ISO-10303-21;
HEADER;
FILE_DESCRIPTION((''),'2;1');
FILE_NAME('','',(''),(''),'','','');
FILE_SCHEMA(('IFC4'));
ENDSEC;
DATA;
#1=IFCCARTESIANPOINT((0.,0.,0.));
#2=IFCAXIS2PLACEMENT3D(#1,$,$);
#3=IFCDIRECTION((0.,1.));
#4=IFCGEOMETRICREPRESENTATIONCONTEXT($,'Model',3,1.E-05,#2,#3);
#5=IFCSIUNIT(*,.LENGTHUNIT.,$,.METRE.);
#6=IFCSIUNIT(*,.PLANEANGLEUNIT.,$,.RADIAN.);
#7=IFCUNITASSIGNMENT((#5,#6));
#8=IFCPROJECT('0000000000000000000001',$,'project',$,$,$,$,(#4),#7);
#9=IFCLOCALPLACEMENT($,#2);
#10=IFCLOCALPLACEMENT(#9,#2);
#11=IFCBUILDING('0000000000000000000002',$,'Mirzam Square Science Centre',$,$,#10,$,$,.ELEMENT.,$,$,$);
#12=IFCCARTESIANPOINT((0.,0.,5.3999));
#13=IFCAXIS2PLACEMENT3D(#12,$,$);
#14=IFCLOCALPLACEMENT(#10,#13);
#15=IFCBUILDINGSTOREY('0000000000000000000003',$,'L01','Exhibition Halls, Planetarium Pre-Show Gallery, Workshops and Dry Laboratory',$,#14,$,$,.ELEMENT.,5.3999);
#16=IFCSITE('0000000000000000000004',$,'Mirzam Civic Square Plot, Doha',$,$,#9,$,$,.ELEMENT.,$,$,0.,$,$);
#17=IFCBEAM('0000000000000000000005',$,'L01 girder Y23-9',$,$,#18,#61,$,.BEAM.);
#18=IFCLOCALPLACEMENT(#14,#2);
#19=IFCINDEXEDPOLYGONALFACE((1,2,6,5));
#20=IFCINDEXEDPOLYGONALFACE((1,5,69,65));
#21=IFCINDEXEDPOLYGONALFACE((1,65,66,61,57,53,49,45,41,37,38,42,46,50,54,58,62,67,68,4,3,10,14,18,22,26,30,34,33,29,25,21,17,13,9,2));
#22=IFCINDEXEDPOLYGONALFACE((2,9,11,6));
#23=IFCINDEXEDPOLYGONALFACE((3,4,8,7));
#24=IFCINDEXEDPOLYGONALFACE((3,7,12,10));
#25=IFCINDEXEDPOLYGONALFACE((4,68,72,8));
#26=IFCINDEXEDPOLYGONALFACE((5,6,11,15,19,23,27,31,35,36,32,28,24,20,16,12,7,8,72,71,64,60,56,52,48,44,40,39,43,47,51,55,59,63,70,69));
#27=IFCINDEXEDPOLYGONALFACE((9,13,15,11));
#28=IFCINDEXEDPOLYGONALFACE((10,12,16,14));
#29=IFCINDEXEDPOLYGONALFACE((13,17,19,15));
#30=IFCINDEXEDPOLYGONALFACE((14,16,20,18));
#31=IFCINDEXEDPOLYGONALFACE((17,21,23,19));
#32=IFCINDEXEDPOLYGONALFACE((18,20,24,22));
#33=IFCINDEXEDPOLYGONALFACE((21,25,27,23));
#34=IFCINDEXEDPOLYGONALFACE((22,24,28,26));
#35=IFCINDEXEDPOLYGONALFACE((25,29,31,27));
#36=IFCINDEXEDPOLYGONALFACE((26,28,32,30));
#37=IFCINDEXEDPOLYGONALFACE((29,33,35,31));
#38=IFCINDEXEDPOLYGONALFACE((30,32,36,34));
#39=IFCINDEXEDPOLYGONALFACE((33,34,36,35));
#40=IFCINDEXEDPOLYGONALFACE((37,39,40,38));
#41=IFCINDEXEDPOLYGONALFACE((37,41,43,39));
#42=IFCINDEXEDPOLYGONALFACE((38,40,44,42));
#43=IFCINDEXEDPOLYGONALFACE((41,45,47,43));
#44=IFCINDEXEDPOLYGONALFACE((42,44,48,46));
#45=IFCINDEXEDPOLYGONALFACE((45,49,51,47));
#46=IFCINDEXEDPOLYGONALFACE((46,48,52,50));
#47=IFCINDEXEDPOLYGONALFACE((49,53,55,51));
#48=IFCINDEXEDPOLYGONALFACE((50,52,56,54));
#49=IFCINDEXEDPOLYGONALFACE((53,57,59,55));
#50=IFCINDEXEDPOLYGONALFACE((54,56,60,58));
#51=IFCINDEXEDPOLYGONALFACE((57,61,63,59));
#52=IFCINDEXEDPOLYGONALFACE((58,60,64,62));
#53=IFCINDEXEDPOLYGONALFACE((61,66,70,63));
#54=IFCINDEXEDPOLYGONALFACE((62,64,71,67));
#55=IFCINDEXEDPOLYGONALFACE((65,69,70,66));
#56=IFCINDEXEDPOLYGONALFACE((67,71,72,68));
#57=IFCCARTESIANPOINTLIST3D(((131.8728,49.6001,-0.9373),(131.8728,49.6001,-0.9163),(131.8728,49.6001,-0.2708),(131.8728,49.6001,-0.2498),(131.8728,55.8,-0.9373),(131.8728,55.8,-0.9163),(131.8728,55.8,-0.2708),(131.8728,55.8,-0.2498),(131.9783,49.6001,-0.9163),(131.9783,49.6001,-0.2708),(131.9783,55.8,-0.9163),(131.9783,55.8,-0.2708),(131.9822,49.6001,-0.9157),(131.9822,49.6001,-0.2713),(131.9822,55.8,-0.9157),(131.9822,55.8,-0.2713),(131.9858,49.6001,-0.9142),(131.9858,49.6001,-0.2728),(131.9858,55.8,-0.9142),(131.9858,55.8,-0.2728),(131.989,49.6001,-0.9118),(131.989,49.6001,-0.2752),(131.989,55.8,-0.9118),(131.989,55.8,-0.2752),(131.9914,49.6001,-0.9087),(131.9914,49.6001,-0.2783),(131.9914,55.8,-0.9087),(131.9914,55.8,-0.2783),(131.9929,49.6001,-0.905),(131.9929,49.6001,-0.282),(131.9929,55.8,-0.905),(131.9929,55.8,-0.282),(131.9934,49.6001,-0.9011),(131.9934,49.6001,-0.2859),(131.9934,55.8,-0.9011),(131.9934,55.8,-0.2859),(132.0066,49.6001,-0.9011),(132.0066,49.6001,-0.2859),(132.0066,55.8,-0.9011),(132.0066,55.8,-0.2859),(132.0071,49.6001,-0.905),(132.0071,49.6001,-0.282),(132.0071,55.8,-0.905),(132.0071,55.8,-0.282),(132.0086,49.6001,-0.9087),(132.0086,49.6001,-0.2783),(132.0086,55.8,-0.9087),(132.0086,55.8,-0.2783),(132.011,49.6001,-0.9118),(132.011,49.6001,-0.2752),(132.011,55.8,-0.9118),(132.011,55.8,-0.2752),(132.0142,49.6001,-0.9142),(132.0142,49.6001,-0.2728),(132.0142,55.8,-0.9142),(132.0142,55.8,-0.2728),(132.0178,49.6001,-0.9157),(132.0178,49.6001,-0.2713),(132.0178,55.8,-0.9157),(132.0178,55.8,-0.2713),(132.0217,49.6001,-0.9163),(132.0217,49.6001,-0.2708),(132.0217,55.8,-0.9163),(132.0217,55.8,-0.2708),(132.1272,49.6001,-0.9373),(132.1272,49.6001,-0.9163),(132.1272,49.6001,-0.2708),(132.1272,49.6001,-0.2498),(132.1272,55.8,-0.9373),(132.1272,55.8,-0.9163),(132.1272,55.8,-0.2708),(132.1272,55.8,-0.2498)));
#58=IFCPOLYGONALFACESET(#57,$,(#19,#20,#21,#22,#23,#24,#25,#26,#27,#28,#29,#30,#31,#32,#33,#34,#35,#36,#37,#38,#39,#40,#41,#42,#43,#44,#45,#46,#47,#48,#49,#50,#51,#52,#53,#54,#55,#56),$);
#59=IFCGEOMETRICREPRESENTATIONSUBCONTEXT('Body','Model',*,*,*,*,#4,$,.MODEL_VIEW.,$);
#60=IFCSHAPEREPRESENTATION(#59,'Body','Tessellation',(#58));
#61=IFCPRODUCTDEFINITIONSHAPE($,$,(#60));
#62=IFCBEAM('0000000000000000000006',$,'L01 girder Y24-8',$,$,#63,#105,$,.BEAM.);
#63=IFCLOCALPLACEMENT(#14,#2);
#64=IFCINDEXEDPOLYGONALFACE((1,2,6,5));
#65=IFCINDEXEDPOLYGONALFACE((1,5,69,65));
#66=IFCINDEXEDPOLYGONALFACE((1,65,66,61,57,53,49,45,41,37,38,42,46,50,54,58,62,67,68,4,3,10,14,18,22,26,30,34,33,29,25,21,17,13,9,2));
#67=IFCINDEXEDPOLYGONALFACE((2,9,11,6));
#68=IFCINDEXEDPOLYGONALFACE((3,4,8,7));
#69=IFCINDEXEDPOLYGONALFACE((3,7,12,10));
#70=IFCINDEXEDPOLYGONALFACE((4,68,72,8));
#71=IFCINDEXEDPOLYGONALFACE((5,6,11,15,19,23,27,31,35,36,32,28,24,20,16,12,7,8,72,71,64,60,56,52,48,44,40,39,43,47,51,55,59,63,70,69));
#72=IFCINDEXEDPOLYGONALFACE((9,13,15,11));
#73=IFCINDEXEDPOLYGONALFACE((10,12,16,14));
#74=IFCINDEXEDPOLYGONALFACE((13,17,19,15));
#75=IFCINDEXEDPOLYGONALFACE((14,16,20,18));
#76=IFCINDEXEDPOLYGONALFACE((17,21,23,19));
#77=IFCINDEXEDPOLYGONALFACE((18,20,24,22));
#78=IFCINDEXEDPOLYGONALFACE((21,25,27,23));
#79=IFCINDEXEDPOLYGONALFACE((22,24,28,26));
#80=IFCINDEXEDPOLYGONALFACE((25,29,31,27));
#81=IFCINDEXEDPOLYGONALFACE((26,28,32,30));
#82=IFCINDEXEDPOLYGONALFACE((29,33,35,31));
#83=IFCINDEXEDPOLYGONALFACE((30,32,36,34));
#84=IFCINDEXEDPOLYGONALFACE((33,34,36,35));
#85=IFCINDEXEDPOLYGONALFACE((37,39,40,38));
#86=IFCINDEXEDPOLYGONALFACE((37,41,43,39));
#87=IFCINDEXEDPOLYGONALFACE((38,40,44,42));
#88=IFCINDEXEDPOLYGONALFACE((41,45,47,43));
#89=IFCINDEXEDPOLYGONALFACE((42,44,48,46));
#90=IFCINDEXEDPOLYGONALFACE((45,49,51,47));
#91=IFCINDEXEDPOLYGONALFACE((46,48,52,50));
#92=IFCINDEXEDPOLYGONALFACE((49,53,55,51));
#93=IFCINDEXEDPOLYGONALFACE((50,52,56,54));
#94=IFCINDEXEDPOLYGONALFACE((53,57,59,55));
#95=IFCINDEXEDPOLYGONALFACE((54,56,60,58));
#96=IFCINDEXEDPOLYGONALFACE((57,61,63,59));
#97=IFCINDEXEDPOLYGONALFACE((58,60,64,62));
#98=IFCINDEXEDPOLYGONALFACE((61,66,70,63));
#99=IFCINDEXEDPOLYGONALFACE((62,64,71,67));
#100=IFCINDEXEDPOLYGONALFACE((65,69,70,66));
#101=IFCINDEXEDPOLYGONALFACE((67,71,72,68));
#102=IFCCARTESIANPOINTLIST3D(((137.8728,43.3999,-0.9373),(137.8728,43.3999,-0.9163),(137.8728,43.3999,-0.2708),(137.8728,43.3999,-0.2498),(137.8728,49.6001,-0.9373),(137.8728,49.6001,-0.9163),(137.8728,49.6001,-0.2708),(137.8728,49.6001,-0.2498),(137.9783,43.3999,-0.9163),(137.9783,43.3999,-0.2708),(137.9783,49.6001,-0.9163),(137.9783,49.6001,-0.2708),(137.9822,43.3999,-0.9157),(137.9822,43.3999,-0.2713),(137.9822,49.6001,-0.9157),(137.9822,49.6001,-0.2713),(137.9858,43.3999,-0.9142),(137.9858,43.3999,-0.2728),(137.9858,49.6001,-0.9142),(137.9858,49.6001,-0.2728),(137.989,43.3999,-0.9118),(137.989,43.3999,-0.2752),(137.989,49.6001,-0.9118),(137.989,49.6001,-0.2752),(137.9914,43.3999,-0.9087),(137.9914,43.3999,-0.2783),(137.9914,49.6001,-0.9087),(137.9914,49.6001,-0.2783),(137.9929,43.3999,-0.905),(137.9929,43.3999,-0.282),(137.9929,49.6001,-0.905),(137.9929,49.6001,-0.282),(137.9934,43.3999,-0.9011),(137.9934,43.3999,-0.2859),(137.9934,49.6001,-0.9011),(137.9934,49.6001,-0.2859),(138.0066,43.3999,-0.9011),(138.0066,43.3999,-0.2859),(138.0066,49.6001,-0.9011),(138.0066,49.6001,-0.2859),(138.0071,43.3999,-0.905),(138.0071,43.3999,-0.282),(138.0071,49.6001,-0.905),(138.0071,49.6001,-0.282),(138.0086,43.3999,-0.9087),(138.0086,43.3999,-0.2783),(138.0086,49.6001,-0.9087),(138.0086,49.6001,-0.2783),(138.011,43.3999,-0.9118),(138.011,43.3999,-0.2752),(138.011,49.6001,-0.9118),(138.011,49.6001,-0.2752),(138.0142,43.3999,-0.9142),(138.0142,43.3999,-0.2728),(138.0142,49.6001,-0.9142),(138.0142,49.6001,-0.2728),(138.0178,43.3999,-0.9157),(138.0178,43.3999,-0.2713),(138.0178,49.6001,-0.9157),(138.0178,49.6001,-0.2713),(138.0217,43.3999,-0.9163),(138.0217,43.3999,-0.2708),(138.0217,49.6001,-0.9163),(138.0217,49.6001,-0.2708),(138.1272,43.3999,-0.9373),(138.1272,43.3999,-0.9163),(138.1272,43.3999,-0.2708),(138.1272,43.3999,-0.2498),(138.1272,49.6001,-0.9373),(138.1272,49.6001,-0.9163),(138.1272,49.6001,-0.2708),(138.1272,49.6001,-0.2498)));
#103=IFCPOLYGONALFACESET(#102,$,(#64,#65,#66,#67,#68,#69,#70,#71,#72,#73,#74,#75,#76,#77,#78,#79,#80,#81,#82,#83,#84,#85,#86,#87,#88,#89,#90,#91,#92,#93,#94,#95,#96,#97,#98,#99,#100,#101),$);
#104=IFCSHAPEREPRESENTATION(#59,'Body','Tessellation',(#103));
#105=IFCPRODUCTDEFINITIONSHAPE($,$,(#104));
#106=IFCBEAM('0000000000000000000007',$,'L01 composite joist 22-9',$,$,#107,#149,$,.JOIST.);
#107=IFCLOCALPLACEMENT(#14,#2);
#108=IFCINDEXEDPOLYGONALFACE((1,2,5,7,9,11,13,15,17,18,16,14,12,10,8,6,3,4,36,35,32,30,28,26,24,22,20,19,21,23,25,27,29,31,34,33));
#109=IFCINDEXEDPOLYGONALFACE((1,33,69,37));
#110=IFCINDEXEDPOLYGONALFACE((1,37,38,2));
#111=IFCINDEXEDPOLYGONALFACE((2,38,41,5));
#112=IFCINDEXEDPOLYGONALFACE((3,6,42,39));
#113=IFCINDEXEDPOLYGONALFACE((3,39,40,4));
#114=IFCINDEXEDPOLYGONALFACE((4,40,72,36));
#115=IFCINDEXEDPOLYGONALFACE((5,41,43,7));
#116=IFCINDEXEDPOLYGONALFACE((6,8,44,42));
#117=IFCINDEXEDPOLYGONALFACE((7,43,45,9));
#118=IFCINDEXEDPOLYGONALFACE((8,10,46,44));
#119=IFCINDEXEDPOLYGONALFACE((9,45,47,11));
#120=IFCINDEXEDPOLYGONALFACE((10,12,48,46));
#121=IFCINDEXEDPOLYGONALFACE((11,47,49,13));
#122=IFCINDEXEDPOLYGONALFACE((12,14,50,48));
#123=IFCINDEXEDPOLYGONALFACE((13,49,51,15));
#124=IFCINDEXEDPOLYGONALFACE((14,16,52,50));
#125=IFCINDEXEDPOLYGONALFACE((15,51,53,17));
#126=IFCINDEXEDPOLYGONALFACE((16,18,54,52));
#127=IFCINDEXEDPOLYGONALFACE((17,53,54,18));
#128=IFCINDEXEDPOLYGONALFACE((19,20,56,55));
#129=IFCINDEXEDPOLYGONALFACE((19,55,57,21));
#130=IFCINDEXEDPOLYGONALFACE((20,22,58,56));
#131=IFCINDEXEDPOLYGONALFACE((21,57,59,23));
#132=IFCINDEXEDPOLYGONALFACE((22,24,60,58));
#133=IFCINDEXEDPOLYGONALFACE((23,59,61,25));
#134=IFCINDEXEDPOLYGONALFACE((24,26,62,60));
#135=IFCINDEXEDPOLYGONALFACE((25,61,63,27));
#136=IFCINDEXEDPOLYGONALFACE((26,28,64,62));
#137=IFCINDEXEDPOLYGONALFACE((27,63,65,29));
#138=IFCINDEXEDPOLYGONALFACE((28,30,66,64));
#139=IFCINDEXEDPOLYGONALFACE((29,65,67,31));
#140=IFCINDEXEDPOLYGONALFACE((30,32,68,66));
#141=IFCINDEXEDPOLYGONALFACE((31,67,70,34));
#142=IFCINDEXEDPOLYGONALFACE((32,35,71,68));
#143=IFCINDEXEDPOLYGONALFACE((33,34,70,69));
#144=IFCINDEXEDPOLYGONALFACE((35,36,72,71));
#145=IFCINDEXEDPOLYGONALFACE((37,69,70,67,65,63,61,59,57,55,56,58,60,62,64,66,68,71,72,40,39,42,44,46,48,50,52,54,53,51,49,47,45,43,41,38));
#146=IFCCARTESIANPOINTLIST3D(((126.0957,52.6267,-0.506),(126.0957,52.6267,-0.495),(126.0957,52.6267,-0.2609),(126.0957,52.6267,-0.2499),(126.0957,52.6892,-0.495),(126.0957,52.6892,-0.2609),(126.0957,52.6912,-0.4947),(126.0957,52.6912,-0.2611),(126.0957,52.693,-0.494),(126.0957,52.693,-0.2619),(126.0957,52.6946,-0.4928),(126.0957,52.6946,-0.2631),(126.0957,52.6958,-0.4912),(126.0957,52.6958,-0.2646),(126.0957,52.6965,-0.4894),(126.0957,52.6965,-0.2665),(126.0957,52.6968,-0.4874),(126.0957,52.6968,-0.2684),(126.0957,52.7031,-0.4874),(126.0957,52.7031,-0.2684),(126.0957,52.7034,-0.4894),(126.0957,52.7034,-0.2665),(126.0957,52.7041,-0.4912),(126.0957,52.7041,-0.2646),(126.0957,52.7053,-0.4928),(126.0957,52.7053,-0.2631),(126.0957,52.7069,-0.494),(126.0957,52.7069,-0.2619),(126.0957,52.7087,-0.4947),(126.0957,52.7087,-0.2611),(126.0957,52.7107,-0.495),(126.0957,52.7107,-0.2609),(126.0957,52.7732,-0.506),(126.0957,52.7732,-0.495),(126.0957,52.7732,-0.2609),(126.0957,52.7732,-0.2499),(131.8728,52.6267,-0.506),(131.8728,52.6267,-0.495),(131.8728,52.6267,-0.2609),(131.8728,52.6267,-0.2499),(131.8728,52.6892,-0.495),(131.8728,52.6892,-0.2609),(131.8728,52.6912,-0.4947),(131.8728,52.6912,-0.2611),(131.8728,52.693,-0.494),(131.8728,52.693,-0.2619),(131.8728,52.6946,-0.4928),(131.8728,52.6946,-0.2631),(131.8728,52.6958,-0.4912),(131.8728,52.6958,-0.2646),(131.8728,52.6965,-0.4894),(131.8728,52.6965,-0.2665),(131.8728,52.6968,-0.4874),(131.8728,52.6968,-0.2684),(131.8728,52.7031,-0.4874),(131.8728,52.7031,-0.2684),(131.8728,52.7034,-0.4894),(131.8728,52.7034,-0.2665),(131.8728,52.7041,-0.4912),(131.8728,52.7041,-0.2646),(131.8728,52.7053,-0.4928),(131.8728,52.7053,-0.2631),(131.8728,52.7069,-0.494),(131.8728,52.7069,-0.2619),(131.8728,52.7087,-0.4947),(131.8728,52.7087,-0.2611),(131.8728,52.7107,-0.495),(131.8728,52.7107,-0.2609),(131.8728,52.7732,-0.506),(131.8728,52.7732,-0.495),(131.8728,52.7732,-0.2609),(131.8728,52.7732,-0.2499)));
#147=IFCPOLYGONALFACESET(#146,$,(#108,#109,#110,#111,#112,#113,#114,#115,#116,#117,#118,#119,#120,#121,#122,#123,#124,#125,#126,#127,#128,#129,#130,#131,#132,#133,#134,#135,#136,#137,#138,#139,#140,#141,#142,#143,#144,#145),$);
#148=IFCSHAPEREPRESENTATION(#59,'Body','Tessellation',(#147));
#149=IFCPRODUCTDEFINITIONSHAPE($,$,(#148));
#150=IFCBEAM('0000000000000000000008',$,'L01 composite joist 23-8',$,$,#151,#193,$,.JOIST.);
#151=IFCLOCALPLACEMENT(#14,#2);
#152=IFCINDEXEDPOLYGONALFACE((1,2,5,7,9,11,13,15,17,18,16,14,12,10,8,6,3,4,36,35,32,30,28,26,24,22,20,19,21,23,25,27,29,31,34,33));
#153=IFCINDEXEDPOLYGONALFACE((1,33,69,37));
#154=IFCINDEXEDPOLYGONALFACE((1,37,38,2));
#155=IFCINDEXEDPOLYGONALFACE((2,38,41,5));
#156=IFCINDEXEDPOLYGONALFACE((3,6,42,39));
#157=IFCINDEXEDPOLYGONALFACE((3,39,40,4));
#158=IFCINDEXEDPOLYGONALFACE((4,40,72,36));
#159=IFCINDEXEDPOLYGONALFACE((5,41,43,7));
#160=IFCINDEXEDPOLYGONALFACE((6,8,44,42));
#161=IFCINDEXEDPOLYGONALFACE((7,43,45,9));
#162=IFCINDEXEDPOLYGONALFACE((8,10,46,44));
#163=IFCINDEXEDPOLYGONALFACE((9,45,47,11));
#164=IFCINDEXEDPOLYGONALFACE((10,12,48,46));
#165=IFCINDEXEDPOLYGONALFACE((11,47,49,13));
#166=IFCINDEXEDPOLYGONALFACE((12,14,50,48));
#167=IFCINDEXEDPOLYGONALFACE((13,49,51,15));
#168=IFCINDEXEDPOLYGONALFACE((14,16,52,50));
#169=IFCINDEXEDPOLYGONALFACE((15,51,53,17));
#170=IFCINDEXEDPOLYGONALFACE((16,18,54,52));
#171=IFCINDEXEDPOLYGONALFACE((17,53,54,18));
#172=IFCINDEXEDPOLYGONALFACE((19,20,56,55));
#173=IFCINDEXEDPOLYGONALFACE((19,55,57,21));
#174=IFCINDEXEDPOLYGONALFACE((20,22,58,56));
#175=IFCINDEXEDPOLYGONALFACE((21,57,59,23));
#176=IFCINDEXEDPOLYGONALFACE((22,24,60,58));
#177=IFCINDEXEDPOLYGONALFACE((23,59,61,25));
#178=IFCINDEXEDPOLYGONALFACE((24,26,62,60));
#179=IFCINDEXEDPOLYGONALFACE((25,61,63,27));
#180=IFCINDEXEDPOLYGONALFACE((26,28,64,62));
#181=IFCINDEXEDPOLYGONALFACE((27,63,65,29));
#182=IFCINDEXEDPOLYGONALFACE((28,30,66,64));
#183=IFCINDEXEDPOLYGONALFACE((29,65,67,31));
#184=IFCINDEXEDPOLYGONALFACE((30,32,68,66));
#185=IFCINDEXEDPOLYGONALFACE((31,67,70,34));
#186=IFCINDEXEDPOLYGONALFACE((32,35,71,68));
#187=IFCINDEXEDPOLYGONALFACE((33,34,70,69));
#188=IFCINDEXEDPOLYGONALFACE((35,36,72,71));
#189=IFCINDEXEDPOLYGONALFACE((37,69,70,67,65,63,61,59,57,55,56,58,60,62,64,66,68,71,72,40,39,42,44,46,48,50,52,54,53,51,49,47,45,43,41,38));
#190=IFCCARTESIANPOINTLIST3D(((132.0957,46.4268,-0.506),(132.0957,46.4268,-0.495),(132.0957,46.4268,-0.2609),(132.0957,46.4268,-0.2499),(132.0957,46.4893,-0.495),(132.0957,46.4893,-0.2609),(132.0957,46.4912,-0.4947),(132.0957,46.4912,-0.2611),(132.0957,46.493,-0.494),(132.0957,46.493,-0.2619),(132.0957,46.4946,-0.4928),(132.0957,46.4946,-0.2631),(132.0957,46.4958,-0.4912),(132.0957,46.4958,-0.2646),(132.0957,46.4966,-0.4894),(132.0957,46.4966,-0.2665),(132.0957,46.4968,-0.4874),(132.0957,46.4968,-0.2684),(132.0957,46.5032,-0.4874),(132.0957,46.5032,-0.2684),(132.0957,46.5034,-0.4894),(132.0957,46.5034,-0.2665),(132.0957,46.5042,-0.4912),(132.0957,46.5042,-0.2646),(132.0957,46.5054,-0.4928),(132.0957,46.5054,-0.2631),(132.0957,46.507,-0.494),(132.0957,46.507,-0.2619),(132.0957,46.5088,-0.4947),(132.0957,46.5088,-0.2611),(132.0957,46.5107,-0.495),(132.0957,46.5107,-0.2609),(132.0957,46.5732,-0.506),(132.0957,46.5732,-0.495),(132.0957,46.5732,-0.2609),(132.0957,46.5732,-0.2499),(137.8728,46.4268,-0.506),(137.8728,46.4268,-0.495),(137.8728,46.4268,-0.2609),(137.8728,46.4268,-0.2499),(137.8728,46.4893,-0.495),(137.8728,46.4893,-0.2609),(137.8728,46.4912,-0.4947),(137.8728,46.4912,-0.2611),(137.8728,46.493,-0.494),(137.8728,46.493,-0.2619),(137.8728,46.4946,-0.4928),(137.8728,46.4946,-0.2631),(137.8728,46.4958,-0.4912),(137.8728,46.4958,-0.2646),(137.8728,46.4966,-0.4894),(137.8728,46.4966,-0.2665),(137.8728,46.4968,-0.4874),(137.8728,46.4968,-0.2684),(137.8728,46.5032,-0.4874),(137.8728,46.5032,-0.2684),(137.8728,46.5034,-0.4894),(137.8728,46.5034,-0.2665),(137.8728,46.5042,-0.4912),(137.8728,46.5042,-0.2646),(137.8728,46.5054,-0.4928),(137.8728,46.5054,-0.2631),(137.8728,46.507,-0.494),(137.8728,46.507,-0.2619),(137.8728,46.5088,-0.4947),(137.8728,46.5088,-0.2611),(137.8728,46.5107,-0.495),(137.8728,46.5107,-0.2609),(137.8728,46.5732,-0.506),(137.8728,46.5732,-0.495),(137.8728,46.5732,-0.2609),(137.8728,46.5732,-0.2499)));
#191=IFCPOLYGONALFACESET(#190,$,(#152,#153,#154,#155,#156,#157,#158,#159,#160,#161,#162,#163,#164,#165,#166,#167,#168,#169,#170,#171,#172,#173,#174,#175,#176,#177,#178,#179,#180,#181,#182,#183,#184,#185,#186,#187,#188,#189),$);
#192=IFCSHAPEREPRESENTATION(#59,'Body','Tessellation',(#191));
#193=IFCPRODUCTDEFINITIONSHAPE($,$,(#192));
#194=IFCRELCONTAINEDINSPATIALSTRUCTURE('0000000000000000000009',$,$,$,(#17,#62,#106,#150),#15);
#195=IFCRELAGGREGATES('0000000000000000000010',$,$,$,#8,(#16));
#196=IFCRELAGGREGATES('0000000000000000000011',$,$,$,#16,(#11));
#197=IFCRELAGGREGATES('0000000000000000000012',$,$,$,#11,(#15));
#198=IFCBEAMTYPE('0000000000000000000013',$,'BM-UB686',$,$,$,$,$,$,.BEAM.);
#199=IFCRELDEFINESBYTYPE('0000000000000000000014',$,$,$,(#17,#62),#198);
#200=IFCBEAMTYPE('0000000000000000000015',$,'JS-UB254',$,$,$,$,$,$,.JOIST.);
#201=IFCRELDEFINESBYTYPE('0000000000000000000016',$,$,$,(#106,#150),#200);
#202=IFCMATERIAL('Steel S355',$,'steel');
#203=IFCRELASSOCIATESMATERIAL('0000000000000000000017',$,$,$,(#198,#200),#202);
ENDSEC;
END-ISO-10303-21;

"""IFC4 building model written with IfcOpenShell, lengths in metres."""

from ifc_helpers import new_model, si_unit, direction, frame, origin, origin_2d, place, context, subcontext, project, spatial, i_section, extrude, material, material_profile, profile_set, type_object, element, save


model = new_model("IFC4")

# Units and contexts
model_context = context("Model", 3, precision=1e-05, world=origin(), true_north=direction((0.0, 1.0)))
body_context = subcontext(model_context, "Body", "Model", "MODEL_VIEW")
ifc_project = project(units=[si_unit("LENGTHUNIT", "METRE"), si_unit("PLANEANGLEUNIT", "RADIAN")], contexts=[model_context])

# Site, building, storey
site_placement = place(None, origin())
site = spatial("IfcSite", under=ifc_project, at=site_placement, Name="Mirzam Civic Square Plot, Doha", CompositionType="ELEMENT", RefElevation=0.0)
building_placement = place(site_placement, origin())
building = spatial("IfcBuilding", under=site, at=building_placement, Name="Mirzam Square Science Centre", CompositionType="ELEMENT")
storey_placement = place(building_placement, frame((0.0, 0.0, 5.3999)))
storey = spatial("IfcBuildingStorey", under=building, at=storey_placement, Name="L01", Description="Exhibition Halls, Planetarium Pre-Show Gallery, Workshops and Dry Laboratory", CompositionType="ELEMENT", Elevation=5.3999)

# Shared definitions
ifc_material_1 = material(Name="Steel S355", Category="steel")

# Beams
ifc_material_profile_1 = material_profile(ifc_material_1, i_section(OverallWidth=0.2544, OverallDepth=0.6875, WebThickness=0.0132, FlangeThickness=0.021, FilletRadius=0.0151, at=origin_2d()), Name="686x254x152UB")
ifc_profile_set_1 = profile_set([ifc_material_profile_1], Name="Steel S355")
beam_type_1 = type_object("IfcBeamType", Name="BM-UB686", PredefinedType="BEAM", material=ifc_profile_set_1)
beam_1_placement = place(storey_placement, frame((132.0, 49.6001, -0.5935), z_axis=(0.0, 1.0, 0.0), x_axis=(-1.0, 0.0, 0.0)))
element("IfcBeam", 1, at=beam_1_placement, inside=storey, type_object=beam_type_1, Name="L01 girder Y23-9", PredefinedType="BEAM", context=body_context, shape_type="SweptSolid", body=[
    extrude(i_section(OverallWidth=0.2544, OverallDepth=0.6875, WebThickness=0.0132, FlangeThickness=0.021, FilletRadius=0.0151, at=origin_2d()), origin(), (0.0, 0.0, 1.0), 6.2),
])
beam_2_placement = place(storey_placement, frame((138.0, 43.3999, -0.5935), z_axis=(0.0, 1.0, 0.0), x_axis=(-1.0, 0.0, 0.0)))
element("IfcBeam", 2, at=beam_2_placement, inside=storey, type_object=beam_type_1, Name="L01 girder Y24-8", PredefinedType="BEAM", context=body_context, shape_type="SweptSolid", body=[
    extrude(i_section(OverallWidth=0.2544, OverallDepth=0.6875, WebThickness=0.0132, FlangeThickness=0.021, FilletRadius=0.0151, at=origin_2d()), origin(), (0.0, 0.0, 1.0), 6.2002),
])
ifc_material_profile_2 = material_profile(ifc_material_1, i_section(OverallWidth=0.1465, OverallDepth=0.2561, WebThickness=0.0063, FlangeThickness=0.011, FilletRadius=0.0076, at=origin_2d()), Name="254x146x37UB")
ifc_profile_set_2 = profile_set([ifc_material_profile_2], Name="Steel S355")
beam_type_2 = type_object("IfcBeamType", Name="JS-UB254", PredefinedType="JOIST", material=ifc_profile_set_2)
for number, where, z_axis, x_axis, name in (
    (3, (126.0957, 52.7, -0.3779), (1.0, 0.0, 0.0), (0.0, 1.0, 0.0), "L01 composite joist 22-9"),
    (4, (132.0957, 46.5, -0.3779), (1.0, 0.0, 0.0), (0.0, 1.0, 0.0), "L01 composite joist 23-8"),
):
    element("IfcBeam", number, at=place(storey_placement, frame(where, z_axis=z_axis, x_axis=x_axis)), inside=storey, type_object=beam_type_2, Name=name, PredefinedType="JOIST", context=body_context, shape_type="SweptSolid", body=[
        extrude(i_section(OverallWidth=0.1465, OverallDepth=0.2561, WebThickness=0.0063, FlangeThickness=0.011, FilletRadius=0.0076, at=origin_2d()), origin(), (0.0, 0.0, 1.0), 5.7771),
    ])

save(model, "model.ifc")
